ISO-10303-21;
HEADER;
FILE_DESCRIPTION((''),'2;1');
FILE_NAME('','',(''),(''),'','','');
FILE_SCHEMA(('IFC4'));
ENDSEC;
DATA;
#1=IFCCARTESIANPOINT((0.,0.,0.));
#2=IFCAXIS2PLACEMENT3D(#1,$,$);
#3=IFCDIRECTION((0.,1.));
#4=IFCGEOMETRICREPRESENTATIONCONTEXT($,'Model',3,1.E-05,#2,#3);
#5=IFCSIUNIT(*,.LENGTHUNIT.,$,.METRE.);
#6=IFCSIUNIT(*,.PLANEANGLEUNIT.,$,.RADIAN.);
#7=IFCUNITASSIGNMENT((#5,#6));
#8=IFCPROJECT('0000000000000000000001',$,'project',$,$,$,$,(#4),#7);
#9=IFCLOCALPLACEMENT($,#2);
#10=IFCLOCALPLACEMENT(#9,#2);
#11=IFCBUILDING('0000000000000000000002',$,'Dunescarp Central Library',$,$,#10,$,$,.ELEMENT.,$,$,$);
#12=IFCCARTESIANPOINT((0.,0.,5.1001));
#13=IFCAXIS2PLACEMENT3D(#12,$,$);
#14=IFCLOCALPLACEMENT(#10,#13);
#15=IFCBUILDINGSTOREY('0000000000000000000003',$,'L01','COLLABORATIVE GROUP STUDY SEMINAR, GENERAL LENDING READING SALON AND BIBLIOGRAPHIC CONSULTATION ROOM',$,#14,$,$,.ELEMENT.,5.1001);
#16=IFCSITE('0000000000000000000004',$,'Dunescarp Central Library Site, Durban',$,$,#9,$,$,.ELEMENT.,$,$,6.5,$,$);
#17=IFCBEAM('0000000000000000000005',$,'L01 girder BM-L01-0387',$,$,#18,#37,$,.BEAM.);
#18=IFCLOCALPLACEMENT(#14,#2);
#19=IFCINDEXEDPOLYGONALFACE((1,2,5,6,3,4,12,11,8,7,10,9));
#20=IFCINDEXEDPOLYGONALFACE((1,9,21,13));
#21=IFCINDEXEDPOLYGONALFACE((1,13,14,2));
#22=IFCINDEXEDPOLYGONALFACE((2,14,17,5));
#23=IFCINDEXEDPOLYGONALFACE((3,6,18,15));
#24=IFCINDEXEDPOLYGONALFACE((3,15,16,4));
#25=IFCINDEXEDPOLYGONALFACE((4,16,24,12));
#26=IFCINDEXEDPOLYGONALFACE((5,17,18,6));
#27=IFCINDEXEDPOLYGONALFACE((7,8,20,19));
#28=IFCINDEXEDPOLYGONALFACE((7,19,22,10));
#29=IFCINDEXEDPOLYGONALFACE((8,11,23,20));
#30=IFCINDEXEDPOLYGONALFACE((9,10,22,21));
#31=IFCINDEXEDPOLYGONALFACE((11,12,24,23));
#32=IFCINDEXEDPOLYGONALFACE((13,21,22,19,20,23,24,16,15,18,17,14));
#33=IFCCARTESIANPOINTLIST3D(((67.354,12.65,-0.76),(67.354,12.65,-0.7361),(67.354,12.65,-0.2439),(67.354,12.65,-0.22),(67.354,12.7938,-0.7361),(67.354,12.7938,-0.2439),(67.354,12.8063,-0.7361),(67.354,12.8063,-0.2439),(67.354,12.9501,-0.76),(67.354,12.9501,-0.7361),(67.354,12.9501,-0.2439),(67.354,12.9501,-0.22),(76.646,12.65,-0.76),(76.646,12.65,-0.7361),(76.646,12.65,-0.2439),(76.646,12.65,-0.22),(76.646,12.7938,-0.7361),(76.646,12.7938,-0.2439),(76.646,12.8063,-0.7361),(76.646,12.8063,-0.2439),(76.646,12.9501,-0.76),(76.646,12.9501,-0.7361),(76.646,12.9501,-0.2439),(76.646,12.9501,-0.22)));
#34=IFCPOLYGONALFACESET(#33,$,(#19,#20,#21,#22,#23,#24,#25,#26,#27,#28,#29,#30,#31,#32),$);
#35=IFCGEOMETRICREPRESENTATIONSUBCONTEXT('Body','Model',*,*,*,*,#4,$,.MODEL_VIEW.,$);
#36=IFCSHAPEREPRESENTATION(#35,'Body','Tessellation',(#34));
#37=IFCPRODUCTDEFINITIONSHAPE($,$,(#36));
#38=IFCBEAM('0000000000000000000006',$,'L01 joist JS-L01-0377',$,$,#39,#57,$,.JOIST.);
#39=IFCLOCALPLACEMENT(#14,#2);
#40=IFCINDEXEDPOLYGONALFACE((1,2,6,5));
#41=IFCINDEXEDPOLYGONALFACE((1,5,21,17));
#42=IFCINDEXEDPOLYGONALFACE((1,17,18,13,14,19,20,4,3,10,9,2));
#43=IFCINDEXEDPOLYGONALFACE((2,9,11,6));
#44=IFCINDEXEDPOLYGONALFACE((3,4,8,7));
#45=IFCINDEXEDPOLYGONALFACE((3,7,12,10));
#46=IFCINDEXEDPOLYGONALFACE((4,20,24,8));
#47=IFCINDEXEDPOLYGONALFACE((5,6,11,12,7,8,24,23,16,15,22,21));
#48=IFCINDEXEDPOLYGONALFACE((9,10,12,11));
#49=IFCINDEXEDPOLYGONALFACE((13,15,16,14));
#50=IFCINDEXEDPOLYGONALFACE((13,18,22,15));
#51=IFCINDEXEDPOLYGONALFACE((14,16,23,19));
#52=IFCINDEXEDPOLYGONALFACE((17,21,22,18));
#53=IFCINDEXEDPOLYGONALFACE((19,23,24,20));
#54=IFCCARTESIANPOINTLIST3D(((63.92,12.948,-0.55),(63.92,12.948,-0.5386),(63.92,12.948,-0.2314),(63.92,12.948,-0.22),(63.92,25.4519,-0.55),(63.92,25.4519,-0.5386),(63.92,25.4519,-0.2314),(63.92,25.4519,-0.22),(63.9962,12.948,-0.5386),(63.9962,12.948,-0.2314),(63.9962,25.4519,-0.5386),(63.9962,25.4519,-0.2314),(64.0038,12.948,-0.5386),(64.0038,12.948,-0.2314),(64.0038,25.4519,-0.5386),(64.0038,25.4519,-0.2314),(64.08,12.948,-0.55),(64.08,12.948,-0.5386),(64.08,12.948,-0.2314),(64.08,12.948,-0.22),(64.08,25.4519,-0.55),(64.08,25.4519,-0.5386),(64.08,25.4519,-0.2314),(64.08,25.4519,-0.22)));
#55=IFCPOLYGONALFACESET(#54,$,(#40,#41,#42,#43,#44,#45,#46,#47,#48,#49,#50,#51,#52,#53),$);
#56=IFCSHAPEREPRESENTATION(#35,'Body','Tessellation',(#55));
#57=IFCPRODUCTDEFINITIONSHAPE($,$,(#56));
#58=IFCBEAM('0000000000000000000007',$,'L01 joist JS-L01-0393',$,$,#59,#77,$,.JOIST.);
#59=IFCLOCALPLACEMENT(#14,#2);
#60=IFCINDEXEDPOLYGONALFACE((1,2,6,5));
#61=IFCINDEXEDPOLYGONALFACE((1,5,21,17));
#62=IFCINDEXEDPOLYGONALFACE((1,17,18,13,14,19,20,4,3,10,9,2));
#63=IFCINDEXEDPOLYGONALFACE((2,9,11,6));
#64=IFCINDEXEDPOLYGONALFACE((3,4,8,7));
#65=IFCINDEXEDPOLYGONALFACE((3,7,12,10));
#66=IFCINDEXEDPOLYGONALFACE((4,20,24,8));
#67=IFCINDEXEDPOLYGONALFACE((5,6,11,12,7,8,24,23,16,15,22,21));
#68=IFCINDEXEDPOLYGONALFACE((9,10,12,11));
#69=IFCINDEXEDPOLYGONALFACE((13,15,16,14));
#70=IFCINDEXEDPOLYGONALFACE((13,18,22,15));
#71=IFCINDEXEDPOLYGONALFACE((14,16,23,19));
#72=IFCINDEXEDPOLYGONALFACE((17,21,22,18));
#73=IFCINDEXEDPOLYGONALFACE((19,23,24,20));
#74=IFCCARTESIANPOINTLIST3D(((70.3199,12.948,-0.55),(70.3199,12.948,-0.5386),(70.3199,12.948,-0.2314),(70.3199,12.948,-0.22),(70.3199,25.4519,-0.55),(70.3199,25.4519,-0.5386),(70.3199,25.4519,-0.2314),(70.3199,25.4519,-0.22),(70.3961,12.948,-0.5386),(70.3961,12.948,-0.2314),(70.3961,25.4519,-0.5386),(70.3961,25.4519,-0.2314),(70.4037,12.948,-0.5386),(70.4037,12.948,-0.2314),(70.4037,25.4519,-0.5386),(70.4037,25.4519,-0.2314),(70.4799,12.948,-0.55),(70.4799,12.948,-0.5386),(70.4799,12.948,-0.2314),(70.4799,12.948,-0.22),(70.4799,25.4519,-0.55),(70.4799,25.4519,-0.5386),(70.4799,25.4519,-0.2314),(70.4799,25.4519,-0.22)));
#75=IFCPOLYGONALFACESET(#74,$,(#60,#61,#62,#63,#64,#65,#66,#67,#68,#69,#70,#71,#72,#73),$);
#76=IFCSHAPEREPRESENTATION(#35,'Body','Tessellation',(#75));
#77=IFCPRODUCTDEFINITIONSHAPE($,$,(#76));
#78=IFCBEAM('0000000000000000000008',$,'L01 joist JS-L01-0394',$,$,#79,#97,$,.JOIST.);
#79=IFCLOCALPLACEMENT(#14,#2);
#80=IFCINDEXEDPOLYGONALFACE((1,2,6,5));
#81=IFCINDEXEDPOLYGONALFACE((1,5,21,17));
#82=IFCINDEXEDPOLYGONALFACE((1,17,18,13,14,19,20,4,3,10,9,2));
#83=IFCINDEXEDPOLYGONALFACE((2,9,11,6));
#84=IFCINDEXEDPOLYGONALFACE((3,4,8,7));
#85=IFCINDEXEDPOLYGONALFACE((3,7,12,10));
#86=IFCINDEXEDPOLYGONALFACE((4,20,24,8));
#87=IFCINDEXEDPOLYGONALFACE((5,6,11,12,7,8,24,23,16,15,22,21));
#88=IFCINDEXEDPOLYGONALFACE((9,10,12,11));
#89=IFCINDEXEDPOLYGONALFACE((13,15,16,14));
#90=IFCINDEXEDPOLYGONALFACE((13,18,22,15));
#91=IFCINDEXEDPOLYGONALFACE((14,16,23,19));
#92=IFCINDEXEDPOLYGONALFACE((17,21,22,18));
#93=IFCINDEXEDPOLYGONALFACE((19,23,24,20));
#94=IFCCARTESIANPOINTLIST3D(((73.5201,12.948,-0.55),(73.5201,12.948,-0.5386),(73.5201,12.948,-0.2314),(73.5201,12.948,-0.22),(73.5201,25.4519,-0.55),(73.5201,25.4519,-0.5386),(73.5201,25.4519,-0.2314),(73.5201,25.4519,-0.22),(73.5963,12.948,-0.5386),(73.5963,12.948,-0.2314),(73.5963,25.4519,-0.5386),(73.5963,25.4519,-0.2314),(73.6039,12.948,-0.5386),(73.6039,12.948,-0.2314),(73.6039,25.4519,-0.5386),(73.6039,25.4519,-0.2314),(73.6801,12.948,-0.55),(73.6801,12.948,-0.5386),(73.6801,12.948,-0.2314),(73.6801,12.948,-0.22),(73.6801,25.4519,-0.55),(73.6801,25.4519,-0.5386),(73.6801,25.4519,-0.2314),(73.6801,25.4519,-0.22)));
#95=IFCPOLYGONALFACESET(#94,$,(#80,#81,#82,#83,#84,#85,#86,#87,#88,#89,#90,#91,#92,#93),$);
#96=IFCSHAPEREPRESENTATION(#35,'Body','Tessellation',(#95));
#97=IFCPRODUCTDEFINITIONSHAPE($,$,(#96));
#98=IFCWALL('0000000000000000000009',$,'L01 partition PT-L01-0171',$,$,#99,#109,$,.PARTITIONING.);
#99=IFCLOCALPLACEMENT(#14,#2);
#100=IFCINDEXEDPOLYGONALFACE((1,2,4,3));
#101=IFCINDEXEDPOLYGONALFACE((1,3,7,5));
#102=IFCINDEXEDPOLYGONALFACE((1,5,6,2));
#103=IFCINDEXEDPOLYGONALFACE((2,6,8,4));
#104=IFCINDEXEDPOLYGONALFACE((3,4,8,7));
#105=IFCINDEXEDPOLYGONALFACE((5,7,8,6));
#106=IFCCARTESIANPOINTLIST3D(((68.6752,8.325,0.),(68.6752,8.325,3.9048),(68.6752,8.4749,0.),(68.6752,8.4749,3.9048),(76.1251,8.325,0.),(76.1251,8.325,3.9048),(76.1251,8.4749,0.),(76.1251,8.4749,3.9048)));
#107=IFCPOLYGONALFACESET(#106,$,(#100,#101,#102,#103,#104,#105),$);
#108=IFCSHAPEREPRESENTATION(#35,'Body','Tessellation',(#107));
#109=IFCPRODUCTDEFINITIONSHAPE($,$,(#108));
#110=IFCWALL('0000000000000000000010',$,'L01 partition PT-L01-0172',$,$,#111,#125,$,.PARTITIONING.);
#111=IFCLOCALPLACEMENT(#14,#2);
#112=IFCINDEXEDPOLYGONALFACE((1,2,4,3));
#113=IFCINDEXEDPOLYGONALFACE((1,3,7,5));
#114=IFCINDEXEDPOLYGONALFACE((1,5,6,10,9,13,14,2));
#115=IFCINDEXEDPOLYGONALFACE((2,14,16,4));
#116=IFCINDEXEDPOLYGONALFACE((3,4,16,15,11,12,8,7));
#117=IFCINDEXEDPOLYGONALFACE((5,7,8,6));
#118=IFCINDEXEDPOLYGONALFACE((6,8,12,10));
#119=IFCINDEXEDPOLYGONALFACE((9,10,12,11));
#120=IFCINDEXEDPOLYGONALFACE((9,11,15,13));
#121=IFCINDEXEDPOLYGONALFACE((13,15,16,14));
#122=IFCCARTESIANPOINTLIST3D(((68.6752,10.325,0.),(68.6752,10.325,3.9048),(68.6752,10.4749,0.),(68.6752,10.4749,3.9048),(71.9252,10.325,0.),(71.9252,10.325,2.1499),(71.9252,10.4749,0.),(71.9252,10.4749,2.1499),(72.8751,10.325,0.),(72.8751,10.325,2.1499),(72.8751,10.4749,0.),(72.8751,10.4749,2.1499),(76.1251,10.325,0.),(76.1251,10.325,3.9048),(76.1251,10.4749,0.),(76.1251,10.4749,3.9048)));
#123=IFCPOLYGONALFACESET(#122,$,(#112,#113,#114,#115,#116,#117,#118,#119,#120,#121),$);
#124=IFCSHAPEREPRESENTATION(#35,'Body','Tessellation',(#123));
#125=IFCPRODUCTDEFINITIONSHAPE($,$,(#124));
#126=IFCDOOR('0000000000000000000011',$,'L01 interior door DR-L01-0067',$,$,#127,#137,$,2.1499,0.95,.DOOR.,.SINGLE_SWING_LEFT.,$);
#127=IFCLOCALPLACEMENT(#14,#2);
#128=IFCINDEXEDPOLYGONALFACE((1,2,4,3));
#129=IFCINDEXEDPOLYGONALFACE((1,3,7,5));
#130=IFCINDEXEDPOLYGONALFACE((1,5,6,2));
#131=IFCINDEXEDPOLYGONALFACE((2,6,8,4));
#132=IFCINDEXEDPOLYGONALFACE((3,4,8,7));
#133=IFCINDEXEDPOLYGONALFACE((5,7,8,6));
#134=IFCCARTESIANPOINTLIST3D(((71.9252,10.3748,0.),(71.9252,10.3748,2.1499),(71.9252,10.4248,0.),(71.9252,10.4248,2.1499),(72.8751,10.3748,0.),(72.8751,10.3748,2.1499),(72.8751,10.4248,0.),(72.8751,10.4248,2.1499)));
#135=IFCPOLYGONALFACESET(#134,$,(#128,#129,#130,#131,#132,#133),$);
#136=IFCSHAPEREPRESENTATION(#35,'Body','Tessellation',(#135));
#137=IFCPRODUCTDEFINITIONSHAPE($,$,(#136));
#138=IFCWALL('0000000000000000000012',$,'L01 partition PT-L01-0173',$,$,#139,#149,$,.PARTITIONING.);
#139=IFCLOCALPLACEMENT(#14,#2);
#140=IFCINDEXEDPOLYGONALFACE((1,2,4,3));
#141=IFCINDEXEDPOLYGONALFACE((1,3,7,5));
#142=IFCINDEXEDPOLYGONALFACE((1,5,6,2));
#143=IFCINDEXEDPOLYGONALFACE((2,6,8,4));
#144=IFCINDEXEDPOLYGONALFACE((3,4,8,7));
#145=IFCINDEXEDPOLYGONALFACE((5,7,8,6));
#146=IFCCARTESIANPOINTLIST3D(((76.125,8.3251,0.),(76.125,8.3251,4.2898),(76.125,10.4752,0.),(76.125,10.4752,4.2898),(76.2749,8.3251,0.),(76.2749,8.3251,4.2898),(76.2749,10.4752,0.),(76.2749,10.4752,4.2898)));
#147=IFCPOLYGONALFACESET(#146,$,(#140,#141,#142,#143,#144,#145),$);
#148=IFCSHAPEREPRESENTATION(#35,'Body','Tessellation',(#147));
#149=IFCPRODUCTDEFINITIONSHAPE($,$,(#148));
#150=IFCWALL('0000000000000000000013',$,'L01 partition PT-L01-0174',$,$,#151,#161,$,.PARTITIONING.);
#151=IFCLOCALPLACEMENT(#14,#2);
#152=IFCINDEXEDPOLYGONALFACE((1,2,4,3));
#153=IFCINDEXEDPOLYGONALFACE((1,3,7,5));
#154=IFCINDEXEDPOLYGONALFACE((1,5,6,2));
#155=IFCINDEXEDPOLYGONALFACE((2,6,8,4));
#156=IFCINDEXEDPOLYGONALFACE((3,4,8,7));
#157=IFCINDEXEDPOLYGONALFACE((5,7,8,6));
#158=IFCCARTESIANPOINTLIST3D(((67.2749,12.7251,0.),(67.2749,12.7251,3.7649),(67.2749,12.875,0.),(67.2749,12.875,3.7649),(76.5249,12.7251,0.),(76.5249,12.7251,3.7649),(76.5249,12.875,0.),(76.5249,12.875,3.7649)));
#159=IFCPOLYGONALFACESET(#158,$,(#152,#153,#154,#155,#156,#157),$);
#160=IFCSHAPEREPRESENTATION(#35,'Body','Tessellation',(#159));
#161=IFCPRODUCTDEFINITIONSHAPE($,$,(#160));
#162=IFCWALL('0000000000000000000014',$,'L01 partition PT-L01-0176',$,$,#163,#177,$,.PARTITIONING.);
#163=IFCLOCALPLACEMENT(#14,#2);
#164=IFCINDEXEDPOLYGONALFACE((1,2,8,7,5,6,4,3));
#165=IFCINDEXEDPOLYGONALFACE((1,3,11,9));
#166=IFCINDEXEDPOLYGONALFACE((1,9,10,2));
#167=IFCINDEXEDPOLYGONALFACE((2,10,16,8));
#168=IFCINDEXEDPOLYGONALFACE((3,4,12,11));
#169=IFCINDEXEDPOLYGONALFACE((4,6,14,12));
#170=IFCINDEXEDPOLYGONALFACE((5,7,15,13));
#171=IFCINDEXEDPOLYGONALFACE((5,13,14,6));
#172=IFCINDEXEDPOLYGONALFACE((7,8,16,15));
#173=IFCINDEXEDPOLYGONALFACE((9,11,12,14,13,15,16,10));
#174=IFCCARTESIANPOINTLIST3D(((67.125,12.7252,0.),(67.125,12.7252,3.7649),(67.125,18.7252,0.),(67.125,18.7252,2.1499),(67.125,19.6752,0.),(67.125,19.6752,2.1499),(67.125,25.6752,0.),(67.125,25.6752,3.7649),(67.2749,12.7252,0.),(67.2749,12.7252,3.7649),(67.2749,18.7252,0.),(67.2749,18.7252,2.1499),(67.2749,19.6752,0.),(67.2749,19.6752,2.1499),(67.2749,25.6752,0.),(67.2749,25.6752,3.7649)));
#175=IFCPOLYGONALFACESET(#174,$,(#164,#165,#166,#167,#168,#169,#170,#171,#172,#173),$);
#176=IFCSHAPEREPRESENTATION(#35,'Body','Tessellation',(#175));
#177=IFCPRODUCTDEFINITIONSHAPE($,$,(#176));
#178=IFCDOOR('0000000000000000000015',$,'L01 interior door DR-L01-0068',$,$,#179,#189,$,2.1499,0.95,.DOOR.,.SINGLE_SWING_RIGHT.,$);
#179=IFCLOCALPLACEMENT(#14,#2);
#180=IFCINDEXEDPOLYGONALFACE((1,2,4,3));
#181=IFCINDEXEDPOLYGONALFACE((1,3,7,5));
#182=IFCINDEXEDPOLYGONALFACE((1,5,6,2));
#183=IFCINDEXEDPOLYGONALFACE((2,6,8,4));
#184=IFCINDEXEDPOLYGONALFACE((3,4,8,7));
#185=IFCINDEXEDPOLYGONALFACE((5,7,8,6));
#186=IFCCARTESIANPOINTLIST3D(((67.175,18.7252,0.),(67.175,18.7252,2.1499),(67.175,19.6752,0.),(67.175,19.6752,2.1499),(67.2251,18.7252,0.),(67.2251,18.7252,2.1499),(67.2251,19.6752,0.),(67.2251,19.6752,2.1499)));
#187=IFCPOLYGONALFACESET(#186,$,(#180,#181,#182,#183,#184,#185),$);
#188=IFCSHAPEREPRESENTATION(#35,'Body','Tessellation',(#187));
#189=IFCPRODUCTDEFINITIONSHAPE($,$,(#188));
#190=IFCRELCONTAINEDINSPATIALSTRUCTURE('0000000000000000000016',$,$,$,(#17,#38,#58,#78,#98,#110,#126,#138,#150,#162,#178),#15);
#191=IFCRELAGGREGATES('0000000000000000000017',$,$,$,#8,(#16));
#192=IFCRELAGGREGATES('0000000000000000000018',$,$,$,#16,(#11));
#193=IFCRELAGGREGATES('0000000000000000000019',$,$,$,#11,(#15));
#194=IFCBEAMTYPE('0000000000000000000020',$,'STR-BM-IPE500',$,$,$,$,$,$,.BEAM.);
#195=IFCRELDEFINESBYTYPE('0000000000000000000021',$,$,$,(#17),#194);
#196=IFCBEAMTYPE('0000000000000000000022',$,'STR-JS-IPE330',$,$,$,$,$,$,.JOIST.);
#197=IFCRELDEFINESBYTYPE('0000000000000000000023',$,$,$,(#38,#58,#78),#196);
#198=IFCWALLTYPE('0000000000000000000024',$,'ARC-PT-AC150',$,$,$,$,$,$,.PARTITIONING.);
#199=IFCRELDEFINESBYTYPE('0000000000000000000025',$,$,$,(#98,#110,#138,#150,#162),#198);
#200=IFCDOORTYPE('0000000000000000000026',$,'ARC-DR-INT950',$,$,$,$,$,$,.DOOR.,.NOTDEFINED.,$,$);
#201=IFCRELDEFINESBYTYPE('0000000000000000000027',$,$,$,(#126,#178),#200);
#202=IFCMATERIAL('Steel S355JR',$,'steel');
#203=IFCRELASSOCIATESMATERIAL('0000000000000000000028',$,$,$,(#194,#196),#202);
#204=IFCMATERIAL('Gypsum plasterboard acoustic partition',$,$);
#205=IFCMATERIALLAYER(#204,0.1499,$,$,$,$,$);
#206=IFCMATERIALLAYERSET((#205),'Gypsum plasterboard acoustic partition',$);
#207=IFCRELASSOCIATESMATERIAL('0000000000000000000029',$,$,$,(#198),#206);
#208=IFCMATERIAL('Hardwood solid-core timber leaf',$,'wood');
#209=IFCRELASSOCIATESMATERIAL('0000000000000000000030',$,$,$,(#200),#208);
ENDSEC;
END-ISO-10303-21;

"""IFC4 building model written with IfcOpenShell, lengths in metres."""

from ifc_helpers import new_model, si_unit, direction, frame, frame_2d, origin, origin_2d, place, context, subcontext, project, spatial, rectangle, i_section, extrude, material, layer, layer_set, material_profile, profile_set, type_object, element, fill, save


model = new_model("IFC4")

# Units and contexts
model_context = context("Model", 3, precision=1e-05, world=origin(), true_north=direction((0.0, 1.0)))
body_context = subcontext(model_context, "Body", "Model", "MODEL_VIEW")
ifc_project = project(units=[si_unit("LENGTHUNIT", "METRE"), si_unit("PLANEANGLEUNIT", "RADIAN")], contexts=[model_context])

# Site, building, storey
site_placement = place(None, origin())
site = spatial("IfcSite", under=ifc_project, at=site_placement, Name="Dunescarp Central Library Site, Durban", CompositionType="ELEMENT", RefElevation=6.5)
building_placement = place(site_placement, origin())
building = spatial("IfcBuilding", under=site, at=building_placement, Name="Dunescarp Central Library", CompositionType="ELEMENT")
storey_placement = place(building_placement, frame((0.0, 0.0, 5.1001)))
storey = spatial("IfcBuildingStorey", under=building, at=storey_placement, Name="L01", Description="COLLABORATIVE GROUP STUDY SEMINAR, GENERAL LENDING READING SALON AND BIBLIOGRAPHIC CONSULTATION ROOM", CompositionType="ELEMENT", Elevation=5.1001)

# Shared definitions
ifc_material_1 = material(Name="Steel S355JR", Category="steel")

# Beams
ifc_material_profile_1 = material_profile(ifc_material_1, i_section(OverallWidth=0.3, OverallDepth=0.54, WebThickness=0.0125, FlangeThickness=0.0239, at=origin_2d()), Name="HEA 550")
ifc_profile_set_1 = profile_set([ifc_material_profile_1], Name="Steel S355JR")
beam_type_1 = type_object("IfcBeamType", Name="STR-BM-IPE500", PredefinedType="BEAM", material=ifc_profile_set_1)
beam_placement = place(storey_placement, frame((67.354, 12.8, -0.49), z_axis=(1.0, 0.0, 0.0), x_axis=(0.0, 1.0, 0.0)))
element("IfcBeam", 1, at=beam_placement, inside=storey, type_object=beam_type_1, Name="L01 girder BM-L01-0387", PredefinedType="BEAM", context=body_context, shape_type="SweptSolid", body=[
    extrude(i_section(OverallWidth=0.3, OverallDepth=0.54, WebThickness=0.0125, FlangeThickness=0.0239, at=origin_2d()), origin(), (0.0, 0.0, 1.0), 9.292),
])
ifc_material_profile_2 = material_profile(ifc_material_1, i_section(OverallWidth=0.1599, OverallDepth=0.3301, WebThickness=0.0076, FlangeThickness=0.0115, at=origin_2d()), Name="IPE 330")
ifc_profile_set_2 = profile_set([ifc_material_profile_2], Name="Steel S355JR")
beam_type_2 = type_object("IfcBeamType", Name="STR-JS-IPE330", PredefinedType="JOIST", material=ifc_profile_set_2)
for number, where, z_axis, x_axis, name in (
    (2, (64.0, 12.948, -0.385), (0.0, 1.0, 0.0), (-1.0, 0.0, 0.0), "L01 joist JS-L01-0377"),
    (3, (70.3999, 12.948, -0.385), (0.0, 1.0, 0.0), (-1.0, 0.0, 0.0), "L01 joist JS-L01-0393"),
    (4, (73.6001, 12.948, -0.385), (0.0, 1.0, 0.0), (-1.0, 0.0, 0.0), "L01 joist JS-L01-0394"),
):
    element("IfcBeam", number, at=place(storey_placement, frame(where, z_axis=z_axis, x_axis=x_axis)), inside=storey, type_object=beam_type_2, Name=name, PredefinedType="JOIST", context=body_context, shape_type="SweptSolid", body=[
        extrude(i_section(OverallWidth=0.1599, OverallDepth=0.3301, WebThickness=0.0076, FlangeThickness=0.0115, at=origin_2d()), origin(), (0.0, 0.0, 1.0), 12.5039),
    ])

# Wall
ifc_material_2 = material(Name="Gypsum plasterboard acoustic partition")
ifc_layer_1 = layer(ifc_material_2, 0.1499)
ifc_layer_set_1 = layer_set([ifc_layer_1], Name="Gypsum plasterboard acoustic partition")
wall_type_1 = type_object("IfcWallType", Name="ARC-PT-AC150", PredefinedType="PARTITIONING", material=ifc_layer_set_1)
wall_1_placement = place(storey_placement, frame((68.675, 8.3999, 0.0), z_axis=(0.0, 0.0, 1.0), x_axis=(1.0, 0.0, 0.0)))
element("IfcWall", 5, at=wall_1_placement, inside=storey, type_object=wall_type_1, Name="L01 partition PT-L01-0171", PredefinedType="PARTITIONING", context=body_context, shape_type="SweptSolid", body=[
    extrude(rectangle(XDim=7.45, YDim=0.1499, at=frame_2d((3.7251, 0.0))), origin(), (0.0, 0.0, 1.0), 3.9048),
])

# Wall, opening, door
wall_2_placement = place(storey_placement, frame((68.675, 10.3999, 0.0), z_axis=(0.0, 0.0, 1.0), x_axis=(1.0, 0.0, 0.0)))
wall_2 = element("IfcWall", 6, at=wall_2_placement, inside=storey, type_object=wall_type_1, Name="L01 partition PT-L01-0172", PredefinedType="PARTITIONING", context=body_context, shape_type="SweptSolid", body=[
    extrude(rectangle(XDim=7.45, YDim=0.1499, at=frame_2d((3.7251, 0.0))), origin(), (0.0, 0.0, 1.0), 3.9048),
])
opening_1_placement = place(wall_2_placement, frame((3.25, 0.0, 0.0)))
opening_1 = element("IfcOpeningElement", 7, at=opening_1_placement, cuts=wall_2, PredefinedType="OPENING", context=body_context, shape_type="SweptSolid", body=[
    extrude(rectangle(XDim=0.95, YDim=2.1499, at=frame_2d((0.4751, 1.075))), frame((0.0, 0.085, 0.0), z_axis=(0.0, -1.0, 0.0), x_axis=(1.0, 0.0, 0.0)), (0.0, 0.0, 1.0), 0.1699),
])
ifc_material_3 = material(Name="Hardwood solid-core timber leaf", Category="wood")
door_type_1 = type_object("IfcDoorType", Name="ARC-DR-INT950", OperationType="NOTDEFINED", PredefinedType="DOOR", material=ifc_material_3)
door_1_placement = place(opening_1_placement, origin())
door_1 = element("IfcDoor", 8, at=door_1_placement, inside=storey, type_object=door_type_1, Name="L01 interior door DR-L01-0067", OperationType="SINGLE_SWING_LEFT", OverallHeight=2.1499, OverallWidth=0.95, PredefinedType="DOOR", context=body_context, shape_type="SweptSolid", body=[
    extrude(rectangle(XDim=0.95, YDim=2.1499, at=frame_2d((0.4751, 1.075))), frame((0.0, 0.0249, 0.0), z_axis=(0.0, -1.0, 0.0), x_axis=(1.0, 0.0, 0.0)), (0.0, 0.0, 1.0), 0.05),
])
fill(opening_1, door_1)

# Walls
wall_3_placement = place(storey_placement, frame((76.2, 8.325, 0.0), z_axis=(0.0, 0.0, 1.0), x_axis=(0.0, 1.0, 0.0)))
element("IfcWall", 9, at=wall_3_placement, inside=storey, type_object=wall_type_1, Name="L01 partition PT-L01-0173", PredefinedType="PARTITIONING", context=body_context, shape_type="SweptSolid", body=[
    extrude(rectangle(XDim=2.1501, YDim=0.1499, at=frame_2d((1.0752, 0.0))), origin(), (0.0, 0.0, 1.0), 4.2898),
])
wall_4_placement = place(storey_placement, frame((67.2749, 12.8, 0.0), z_axis=(0.0, 0.0, 1.0), x_axis=(1.0, 0.0, 0.0)))
element("IfcWall", 10, at=wall_4_placement, inside=storey, type_object=wall_type_1, Name="L01 partition PT-L01-0174", PredefinedType="PARTITIONING", context=body_context, shape_type="SweptSolid", body=[
    extrude(rectangle(XDim=9.25, YDim=0.1499, at=frame_2d((4.625, 0.0))), origin(), (0.0, 0.0, 1.0), 3.7649),
])

# Wall, opening, door
wall_5_placement = place(storey_placement, frame((67.2, 12.7251, 0.0), z_axis=(0.0, 0.0, 1.0), x_axis=(0.0, 1.0, 0.0)))
wall_5 = element("IfcWall", 11, at=wall_5_placement, inside=storey, type_object=wall_type_1, Name="L01 partition PT-L01-0176", PredefinedType="PARTITIONING", context=body_context, shape_type="SweptSolid", body=[
    extrude(rectangle(XDim=12.95, YDim=0.1499, at=frame_2d((6.4751, 0.0))), origin(), (0.0, 0.0, 1.0), 3.7649),
])
opening_2_placement = place(wall_5_placement, frame((6.0, 0.0, 0.0)))
opening_2 = element("IfcOpeningElement", 12, at=opening_2_placement, cuts=wall_5, PredefinedType="OPENING", context=body_context, shape_type="SweptSolid", body=[
    extrude(rectangle(XDim=0.95, YDim=2.1499, at=frame_2d((0.4751, 1.075))), frame((0.0, 0.085, 0.0), z_axis=(0.0, -1.0, 0.0), x_axis=(1.0, 0.0, 0.0)), (0.0, 0.0, 1.0), 0.1699),
])
door_2_placement = place(opening_2_placement, origin())
door_2 = element("IfcDoor", 13, at=door_2_placement, inside=storey, type_object=door_type_1, Name="L01 interior door DR-L01-0068", OperationType="SINGLE_SWING_RIGHT", OverallHeight=2.1499, OverallWidth=0.95, PredefinedType="DOOR", context=body_context, shape_type="SweptSolid", body=[
    extrude(rectangle(XDim=0.95, YDim=2.1499, at=frame_2d((0.4751, 1.075))), frame((0.0, 0.0249, 0.0), z_axis=(0.0, -1.0, 0.0), x_axis=(1.0, 0.0, 0.0)), (0.0, 0.0, 1.0), 0.05),
])
fill(opening_2, door_2)

save(model, "model.ifc")
